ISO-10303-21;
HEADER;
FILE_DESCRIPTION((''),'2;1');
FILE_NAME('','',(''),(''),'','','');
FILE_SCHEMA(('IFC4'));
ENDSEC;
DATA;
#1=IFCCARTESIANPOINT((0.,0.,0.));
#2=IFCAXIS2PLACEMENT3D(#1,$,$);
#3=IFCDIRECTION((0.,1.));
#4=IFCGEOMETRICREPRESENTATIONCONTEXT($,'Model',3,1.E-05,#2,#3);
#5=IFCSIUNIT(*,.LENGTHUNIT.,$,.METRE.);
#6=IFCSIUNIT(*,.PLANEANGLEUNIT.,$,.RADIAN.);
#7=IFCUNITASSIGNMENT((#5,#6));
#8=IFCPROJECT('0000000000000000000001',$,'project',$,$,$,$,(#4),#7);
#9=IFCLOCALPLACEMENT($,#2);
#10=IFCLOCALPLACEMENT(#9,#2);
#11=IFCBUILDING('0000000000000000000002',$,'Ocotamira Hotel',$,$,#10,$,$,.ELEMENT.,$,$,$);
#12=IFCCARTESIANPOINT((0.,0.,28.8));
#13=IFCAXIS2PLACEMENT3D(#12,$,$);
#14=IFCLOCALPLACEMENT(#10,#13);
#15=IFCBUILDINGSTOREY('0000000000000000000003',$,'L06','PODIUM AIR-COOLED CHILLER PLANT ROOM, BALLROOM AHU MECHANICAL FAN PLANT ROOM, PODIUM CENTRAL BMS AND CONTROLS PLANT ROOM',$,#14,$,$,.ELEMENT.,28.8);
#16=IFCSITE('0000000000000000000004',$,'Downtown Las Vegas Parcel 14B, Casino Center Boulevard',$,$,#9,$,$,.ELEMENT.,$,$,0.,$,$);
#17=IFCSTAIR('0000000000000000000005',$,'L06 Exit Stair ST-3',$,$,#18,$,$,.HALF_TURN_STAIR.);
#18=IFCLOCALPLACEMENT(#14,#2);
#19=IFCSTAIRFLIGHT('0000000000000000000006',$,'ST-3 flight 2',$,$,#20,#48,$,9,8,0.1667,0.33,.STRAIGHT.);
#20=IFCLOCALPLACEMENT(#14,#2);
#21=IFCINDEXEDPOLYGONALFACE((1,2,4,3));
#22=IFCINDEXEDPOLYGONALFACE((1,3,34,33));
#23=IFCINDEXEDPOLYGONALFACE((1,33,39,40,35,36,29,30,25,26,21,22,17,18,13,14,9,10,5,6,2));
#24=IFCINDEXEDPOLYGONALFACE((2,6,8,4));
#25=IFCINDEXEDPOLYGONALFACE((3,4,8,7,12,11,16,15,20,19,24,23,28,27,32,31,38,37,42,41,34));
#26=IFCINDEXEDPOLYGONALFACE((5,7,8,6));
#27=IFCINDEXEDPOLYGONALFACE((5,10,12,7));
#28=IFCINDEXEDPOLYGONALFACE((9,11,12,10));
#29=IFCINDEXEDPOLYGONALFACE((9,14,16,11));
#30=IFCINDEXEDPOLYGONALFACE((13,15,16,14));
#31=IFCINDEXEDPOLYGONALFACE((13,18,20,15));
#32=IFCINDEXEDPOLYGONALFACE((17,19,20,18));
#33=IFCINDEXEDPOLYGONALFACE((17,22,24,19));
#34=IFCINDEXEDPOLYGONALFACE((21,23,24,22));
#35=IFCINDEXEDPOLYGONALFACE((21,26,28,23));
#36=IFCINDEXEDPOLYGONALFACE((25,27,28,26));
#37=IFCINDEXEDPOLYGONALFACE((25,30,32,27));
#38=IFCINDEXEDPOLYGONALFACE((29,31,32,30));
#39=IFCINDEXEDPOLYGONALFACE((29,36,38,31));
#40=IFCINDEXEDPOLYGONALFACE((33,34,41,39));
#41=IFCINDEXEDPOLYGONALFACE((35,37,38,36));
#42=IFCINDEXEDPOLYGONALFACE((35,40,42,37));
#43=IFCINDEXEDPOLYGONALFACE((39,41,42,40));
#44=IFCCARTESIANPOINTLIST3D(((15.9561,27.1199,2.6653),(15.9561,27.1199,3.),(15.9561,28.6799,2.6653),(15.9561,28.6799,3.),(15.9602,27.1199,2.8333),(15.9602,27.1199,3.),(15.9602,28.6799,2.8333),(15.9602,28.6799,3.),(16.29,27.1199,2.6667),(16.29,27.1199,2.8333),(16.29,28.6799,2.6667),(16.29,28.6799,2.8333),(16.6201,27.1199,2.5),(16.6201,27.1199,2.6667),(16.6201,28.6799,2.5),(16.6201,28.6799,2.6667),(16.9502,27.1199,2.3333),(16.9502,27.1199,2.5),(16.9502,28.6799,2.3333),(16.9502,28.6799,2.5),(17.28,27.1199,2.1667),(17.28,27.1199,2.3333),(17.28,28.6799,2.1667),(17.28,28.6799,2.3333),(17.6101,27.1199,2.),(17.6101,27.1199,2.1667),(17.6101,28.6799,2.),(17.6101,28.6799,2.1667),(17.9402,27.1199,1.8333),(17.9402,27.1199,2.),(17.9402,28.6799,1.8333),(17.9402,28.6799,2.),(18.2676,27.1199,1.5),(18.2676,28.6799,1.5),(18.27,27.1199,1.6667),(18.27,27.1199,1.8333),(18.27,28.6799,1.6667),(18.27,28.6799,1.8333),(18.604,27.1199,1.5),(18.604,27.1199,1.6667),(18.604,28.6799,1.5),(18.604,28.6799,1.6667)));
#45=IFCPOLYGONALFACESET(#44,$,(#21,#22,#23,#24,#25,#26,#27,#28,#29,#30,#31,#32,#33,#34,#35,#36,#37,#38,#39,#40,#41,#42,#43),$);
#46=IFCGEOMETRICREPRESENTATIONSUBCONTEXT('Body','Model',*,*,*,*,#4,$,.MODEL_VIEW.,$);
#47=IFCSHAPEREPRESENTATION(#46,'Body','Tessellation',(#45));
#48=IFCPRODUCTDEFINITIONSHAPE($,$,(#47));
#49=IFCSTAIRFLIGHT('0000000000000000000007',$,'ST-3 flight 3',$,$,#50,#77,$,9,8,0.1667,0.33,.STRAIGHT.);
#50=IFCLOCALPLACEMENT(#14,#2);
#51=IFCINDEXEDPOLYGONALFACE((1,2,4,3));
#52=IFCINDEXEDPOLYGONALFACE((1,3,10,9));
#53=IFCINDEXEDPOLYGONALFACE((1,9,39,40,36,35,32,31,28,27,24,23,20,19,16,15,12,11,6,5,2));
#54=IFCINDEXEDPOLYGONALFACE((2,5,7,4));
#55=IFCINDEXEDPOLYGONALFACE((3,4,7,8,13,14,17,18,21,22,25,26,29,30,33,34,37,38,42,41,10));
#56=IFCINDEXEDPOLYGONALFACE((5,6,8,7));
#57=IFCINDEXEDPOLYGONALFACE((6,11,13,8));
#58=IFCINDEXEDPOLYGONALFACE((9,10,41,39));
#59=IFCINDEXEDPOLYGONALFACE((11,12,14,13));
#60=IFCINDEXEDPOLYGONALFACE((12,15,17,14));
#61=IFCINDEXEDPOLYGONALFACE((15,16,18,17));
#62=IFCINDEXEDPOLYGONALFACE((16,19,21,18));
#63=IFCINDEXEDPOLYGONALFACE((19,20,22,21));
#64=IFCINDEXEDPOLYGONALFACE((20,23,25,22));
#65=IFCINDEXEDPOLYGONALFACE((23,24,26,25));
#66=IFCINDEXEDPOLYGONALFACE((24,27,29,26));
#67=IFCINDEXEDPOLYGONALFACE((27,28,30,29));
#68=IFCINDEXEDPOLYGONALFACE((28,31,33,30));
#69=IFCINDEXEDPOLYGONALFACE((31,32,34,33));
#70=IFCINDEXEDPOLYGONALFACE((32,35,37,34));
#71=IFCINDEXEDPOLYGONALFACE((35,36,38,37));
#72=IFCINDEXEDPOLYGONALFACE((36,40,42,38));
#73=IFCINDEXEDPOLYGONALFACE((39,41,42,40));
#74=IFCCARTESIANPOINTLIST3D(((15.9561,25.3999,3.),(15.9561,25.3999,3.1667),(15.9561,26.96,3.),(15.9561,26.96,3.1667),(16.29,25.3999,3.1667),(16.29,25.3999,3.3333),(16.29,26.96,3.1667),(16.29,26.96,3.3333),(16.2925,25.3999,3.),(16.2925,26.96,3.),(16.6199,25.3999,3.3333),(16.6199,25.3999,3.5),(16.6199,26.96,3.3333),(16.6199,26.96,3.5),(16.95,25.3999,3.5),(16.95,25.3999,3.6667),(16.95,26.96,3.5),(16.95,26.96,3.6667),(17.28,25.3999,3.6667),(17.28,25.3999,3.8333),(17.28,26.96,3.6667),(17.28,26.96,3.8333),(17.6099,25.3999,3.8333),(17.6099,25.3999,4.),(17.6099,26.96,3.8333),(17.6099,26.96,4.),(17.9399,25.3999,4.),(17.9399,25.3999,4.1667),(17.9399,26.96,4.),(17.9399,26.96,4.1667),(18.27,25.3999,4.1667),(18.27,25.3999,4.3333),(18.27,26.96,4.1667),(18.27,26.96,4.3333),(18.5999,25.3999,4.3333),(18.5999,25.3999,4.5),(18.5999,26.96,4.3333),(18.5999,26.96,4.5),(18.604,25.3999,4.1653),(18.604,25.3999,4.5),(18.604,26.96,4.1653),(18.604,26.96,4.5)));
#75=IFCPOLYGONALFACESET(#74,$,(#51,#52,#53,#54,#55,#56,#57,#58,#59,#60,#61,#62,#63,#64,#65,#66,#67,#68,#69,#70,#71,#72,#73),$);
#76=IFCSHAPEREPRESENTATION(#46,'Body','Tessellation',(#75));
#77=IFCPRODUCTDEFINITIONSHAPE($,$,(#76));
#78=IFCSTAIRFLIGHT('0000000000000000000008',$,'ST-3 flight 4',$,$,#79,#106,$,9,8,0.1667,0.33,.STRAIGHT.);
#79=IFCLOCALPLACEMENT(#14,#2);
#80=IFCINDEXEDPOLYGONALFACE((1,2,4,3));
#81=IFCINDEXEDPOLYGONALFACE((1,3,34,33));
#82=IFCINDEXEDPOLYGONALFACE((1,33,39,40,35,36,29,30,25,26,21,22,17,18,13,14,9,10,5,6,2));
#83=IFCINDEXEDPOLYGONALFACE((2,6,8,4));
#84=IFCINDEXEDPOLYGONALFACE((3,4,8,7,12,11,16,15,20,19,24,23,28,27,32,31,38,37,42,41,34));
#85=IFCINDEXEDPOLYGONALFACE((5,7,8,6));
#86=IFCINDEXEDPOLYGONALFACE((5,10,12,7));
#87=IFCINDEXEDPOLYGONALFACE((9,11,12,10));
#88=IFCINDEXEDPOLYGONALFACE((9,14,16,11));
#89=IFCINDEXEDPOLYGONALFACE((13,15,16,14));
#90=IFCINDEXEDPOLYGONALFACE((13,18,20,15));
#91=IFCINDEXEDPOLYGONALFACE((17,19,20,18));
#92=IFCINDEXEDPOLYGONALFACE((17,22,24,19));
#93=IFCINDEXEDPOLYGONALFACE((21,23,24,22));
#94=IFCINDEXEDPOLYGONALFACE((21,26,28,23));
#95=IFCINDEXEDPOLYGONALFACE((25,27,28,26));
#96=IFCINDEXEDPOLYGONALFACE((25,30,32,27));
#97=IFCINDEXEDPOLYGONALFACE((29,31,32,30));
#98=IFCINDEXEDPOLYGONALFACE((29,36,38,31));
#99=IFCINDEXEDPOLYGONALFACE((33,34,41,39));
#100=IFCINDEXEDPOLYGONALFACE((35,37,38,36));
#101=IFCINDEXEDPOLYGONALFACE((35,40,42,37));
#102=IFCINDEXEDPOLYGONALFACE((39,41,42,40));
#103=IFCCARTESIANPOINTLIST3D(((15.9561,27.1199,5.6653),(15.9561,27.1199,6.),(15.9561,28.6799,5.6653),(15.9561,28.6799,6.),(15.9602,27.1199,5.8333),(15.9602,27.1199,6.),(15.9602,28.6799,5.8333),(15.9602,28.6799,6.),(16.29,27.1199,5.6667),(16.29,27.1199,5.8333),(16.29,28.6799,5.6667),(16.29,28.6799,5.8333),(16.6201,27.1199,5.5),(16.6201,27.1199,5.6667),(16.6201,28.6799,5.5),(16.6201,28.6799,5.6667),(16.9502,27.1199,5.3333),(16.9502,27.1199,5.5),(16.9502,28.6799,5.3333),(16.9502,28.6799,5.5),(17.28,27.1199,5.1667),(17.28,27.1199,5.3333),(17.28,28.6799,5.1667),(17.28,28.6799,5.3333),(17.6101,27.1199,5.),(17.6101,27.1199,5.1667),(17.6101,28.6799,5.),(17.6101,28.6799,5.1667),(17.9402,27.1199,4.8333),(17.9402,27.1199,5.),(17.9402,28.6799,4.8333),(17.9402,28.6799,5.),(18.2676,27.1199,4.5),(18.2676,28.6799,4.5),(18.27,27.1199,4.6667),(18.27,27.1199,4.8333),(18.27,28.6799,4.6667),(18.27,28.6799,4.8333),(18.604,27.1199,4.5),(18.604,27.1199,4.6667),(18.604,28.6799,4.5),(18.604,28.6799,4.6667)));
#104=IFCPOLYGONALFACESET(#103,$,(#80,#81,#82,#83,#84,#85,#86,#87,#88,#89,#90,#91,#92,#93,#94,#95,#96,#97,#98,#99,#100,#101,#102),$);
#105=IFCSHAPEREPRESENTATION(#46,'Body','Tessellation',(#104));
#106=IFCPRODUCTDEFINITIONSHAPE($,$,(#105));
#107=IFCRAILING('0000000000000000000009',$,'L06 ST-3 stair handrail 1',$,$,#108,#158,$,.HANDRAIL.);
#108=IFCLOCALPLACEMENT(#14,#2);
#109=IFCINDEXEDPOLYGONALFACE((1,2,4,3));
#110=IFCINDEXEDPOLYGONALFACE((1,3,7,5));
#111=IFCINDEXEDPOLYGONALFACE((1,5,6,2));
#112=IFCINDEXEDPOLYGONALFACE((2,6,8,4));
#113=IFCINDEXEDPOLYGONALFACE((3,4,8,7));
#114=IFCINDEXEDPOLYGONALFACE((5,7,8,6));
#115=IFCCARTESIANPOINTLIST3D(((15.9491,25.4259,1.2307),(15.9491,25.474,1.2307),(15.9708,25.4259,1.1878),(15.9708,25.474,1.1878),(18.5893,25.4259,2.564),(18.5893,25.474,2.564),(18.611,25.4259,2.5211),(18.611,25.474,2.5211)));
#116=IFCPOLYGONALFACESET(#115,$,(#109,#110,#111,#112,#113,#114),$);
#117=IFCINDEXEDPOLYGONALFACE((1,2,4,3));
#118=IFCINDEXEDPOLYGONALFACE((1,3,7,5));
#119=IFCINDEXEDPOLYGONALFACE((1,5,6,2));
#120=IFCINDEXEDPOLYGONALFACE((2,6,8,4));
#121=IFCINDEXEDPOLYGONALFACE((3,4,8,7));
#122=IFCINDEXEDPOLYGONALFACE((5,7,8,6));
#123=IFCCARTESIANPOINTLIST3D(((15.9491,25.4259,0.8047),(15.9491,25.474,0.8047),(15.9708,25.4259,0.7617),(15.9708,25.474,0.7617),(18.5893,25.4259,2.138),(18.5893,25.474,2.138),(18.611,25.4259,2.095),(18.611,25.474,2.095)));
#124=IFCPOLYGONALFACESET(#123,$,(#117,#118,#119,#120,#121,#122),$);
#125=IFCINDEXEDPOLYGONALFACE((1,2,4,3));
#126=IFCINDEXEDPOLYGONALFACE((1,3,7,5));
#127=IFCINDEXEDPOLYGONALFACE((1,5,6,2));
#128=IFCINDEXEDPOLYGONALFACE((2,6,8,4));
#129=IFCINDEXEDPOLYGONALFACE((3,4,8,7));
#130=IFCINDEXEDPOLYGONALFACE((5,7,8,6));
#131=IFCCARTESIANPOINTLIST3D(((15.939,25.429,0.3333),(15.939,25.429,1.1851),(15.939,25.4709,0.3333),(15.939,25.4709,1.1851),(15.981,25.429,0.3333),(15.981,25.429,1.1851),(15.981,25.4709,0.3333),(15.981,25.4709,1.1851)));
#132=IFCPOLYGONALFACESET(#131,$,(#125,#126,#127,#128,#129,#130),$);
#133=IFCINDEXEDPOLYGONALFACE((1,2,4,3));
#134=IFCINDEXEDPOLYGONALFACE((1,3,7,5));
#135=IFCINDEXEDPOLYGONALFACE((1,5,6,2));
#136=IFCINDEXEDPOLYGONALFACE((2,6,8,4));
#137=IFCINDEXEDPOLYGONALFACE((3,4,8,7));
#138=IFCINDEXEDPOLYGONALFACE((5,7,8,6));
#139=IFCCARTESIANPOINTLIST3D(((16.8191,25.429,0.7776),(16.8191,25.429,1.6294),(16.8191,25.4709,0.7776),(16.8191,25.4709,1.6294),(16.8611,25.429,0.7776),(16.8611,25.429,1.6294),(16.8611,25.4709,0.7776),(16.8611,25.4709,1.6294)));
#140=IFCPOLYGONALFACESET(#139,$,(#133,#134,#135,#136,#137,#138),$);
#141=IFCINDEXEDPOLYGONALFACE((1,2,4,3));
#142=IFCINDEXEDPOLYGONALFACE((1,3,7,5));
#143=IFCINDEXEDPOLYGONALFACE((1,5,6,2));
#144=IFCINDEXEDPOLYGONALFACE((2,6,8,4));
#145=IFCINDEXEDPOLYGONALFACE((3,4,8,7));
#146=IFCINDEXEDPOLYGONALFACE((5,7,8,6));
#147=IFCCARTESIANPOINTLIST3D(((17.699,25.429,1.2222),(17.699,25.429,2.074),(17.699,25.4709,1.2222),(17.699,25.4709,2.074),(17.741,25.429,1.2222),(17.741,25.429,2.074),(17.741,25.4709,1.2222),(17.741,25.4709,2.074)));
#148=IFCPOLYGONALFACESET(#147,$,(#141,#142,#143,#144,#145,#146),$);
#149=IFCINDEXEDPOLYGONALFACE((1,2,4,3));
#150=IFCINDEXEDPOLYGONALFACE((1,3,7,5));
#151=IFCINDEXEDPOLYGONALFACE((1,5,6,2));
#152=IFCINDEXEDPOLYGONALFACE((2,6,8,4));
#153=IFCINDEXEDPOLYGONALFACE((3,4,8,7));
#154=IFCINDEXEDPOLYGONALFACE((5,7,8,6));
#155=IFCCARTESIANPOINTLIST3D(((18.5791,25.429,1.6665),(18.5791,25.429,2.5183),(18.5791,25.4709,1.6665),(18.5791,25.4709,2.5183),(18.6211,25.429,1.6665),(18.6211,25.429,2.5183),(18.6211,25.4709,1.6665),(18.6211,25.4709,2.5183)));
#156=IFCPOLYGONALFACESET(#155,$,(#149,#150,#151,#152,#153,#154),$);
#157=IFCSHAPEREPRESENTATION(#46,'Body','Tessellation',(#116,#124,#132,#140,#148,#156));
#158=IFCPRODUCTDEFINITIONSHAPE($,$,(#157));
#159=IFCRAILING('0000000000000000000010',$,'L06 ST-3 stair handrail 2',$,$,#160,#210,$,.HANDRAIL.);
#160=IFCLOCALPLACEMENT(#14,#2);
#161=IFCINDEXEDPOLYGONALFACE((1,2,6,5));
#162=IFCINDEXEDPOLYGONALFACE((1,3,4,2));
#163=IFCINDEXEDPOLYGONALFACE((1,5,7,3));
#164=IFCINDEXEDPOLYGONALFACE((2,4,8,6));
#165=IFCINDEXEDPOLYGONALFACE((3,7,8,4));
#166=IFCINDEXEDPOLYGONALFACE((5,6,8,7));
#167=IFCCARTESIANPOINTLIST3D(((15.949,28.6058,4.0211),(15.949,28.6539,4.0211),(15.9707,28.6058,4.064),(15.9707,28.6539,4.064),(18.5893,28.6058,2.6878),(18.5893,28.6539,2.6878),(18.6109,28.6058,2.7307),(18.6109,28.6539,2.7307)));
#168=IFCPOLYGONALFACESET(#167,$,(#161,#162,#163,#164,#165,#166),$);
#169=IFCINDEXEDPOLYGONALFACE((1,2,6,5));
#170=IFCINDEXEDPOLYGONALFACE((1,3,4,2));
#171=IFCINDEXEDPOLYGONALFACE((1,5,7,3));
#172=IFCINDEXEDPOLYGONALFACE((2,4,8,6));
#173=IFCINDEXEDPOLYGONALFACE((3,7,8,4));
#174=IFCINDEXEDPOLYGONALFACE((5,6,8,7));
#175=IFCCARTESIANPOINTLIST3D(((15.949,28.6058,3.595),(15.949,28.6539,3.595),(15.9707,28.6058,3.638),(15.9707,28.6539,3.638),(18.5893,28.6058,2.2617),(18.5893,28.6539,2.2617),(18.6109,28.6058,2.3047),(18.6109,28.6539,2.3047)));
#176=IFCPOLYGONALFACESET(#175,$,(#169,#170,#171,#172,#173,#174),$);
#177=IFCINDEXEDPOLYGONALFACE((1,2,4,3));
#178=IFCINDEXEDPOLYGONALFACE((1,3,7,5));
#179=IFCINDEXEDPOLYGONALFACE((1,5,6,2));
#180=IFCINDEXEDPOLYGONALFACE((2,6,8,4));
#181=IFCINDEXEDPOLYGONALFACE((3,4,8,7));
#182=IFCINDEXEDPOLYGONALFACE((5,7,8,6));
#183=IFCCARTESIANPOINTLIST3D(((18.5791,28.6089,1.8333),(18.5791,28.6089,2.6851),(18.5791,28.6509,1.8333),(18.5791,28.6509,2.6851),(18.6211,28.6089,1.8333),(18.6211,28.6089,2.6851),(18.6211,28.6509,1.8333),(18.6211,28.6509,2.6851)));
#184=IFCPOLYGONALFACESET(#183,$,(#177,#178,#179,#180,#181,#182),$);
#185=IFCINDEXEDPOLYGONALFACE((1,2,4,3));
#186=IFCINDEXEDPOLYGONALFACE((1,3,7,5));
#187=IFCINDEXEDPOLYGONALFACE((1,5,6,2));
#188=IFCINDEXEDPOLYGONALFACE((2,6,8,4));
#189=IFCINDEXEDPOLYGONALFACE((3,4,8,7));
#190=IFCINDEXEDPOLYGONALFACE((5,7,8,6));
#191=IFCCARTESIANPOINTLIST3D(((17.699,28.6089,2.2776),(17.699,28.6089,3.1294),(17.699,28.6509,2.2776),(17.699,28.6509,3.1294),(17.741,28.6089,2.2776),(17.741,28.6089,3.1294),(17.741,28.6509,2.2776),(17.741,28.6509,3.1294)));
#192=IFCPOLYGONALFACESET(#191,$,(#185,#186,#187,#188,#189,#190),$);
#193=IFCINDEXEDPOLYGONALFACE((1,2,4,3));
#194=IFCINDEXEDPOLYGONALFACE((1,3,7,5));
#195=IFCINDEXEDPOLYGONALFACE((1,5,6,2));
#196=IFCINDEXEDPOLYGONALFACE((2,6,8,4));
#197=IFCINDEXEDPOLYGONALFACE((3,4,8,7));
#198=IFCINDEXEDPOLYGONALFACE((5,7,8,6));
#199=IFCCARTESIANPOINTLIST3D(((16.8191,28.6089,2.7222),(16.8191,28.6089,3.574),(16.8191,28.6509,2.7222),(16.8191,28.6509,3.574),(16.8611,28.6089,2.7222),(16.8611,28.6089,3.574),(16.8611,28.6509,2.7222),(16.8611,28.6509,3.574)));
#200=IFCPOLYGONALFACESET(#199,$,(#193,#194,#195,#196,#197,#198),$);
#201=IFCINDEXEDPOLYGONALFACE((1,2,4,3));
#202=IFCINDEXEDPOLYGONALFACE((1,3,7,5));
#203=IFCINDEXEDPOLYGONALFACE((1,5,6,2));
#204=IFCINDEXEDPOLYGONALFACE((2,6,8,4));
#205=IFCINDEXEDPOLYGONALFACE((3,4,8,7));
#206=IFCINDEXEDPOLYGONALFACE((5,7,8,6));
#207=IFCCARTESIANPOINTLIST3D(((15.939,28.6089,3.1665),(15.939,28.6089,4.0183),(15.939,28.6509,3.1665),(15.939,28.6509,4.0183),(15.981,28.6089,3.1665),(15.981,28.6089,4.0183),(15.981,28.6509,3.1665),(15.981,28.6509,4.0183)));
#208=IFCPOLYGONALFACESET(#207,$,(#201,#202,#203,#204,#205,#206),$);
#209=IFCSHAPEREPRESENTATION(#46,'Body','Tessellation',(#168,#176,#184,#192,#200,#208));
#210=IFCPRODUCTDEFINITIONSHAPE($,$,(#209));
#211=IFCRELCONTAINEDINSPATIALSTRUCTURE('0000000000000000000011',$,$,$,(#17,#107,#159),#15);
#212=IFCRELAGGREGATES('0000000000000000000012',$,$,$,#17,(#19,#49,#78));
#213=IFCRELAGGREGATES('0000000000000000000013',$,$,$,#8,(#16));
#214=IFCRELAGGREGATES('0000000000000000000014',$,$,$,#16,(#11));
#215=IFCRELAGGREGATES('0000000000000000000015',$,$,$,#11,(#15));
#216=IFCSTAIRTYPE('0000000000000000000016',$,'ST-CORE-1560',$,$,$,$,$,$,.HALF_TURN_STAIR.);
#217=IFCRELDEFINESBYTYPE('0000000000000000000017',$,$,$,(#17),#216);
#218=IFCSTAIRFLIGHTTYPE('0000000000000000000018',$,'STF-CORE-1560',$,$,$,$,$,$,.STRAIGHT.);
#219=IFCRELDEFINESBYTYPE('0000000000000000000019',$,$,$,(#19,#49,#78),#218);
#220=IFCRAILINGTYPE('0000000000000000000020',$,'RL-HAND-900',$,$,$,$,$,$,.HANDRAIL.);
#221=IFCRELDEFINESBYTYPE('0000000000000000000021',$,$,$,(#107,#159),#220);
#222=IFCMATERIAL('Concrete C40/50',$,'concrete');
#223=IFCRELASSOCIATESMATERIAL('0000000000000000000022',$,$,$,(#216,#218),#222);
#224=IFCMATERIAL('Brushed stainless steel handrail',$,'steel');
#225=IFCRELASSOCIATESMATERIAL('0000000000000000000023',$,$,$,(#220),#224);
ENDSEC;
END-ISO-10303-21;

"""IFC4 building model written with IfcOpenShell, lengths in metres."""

from ifc_helpers import new_model, si_unit, direction, frame, origin, origin_2d, place, context, subcontext, project, spatial, polyline, rectangle, outline, extrude, source, transform, mapped, material, type_object, element, aggregate, save


model = new_model("IFC4")

# Units and contexts
model_context = context("Model", 3, precision=1e-05, world=origin(), true_north=direction((0.0, 1.0)))
body_context = subcontext(model_context, "Body", "Model", "MODEL_VIEW")
ifc_project = project(units=[si_unit("LENGTHUNIT", "METRE"), si_unit("PLANEANGLEUNIT", "RADIAN")], contexts=[model_context])

# Site, building, storey
site_placement = place(None, origin())
site = spatial("IfcSite", under=ifc_project, at=site_placement, Name="Downtown Las Vegas Parcel 14B, Casino Center Boulevard", CompositionType="ELEMENT", RefElevation=0.0)
building_placement = place(site_placement, origin())
building = spatial("IfcBuilding", under=site, at=building_placement, Name="Ocotamira Hotel", CompositionType="ELEMENT")
storey_placement = place(building_placement, frame((0.0, 0.0, 28.8)))
storey = spatial("IfcBuildingStorey", under=building, at=storey_placement, Name="L06", Description="PODIUM AIR-COOLED CHILLER PLANT ROOM, BALLROOM AHU MECHANICAL FAN PLANT ROOM, PODIUM CENTRAL BMS AND CONTROLS PLANT ROOM", CompositionType="ELEMENT", Elevation=28.8)

# Stair, stair flights
ifc_material_1 = material(Name="Concrete C40/50", Category="concrete")
stair_type = type_object("IfcStairType", Name="ST-CORE-1560", PredefinedType="HALF_TURN_STAIR", material=ifc_material_1)
stair_placement = place(storey_placement, origin())
stair = element("IfcStair", 1, at=stair_placement, inside=storey, type_object=stair_type, Name="L06 Exit Stair ST-3", PredefinedType="HALF_TURN_STAIR")
stair_flight_type = type_object("IfcStairFlightType", Name="STF-CORE-1560", PredefinedType="STRAIGHT", material=ifc_material_1)
shared_shape_1 = source(origin(), body_context, "Body", "SweptSolid", [
    extrude(outline(polyline([(-0.0039, 0.0), (-0.0039, 0.1667), (0.3301, 0.1667), (0.3301, 0.3333), (0.6599, 0.3333), (0.6599, 0.5), (0.99, 0.5), (0.99, 0.6667), (1.3201, 0.6667), (1.3201, 0.8333), (1.6499, 0.8333), (1.6499, 1.0), (1.98, 1.0), (1.98, 1.1667), (2.3101, 1.1667), (2.3101, 1.3333), (2.6399, 1.3333), (2.6399, 1.5), (2.644, 1.5), (2.644, 1.1653), (0.3325, 0.0), (-0.0039, 0.0)])), frame((0.0, 0.78, 0.0), z_axis=(0.0, -1.0, 0.0), x_axis=(1.0, 0.0, 0.0)), (0.0, 0.0, 1.0), 1.5601),
])
stair_flight_1_placement = place(storey_placement, frame((18.6001, 27.8999, 1.5), z_axis=(0.0, 0.0, 1.0), x_axis=(-1.0, 0.0, 0.0)))
stair_flight_1 = element("IfcStairFlight", 2, at=stair_flight_1_placement, type_object=stair_flight_type, Name="ST-3 flight 2", NumberOfRisers=9, NumberOfTreads=8, PredefinedType="STRAIGHT", RiserHeight=0.1667, TreadLength=0.33, context=body_context, shape_type="MappedRepresentation", body=[
    mapped(shared_shape_1, transform((0.0, 0.0, 0.0), scale=1.0)),
])
stair_flight_2_placement = place(storey_placement, frame((15.96, 26.1799, 3.0), z_axis=(0.0, 0.0, 1.0), x_axis=(1.0, 0.0, 0.0)))
stair_flight_2 = element("IfcStairFlight", 3, at=stair_flight_2_placement, type_object=stair_flight_type, Name="ST-3 flight 3", NumberOfRisers=9, NumberOfTreads=8, PredefinedType="STRAIGHT", RiserHeight=0.1667, TreadLength=0.33, context=body_context, shape_type="MappedRepresentation", body=[
    mapped(shared_shape_1, transform((0.0, 0.0, 0.0), scale=1.0)),
])
stair_flight_3_placement = place(storey_placement, frame((18.6001, 27.8999, 4.5), z_axis=(0.0, 0.0, 1.0), x_axis=(-1.0, 0.0, 0.0)))
stair_flight_3 = element("IfcStairFlight", 4, at=stair_flight_3_placement, type_object=stair_flight_type, Name="ST-3 flight 4", NumberOfRisers=9, NumberOfTreads=8, PredefinedType="STRAIGHT", RiserHeight=0.1667, TreadLength=0.33, context=body_context, shape_type="MappedRepresentation", body=[
    mapped(shared_shape_1, transform((0.0, 0.0, 0.0), scale=1.0)),
])
aggregate(stair, [stair_flight_1, stair_flight_2, stair_flight_3])

# Railings
ifc_material_2 = material(Name="Brushed stainless steel handrail", Category="steel")
railing_type_1 = type_object("IfcRailingType", Name="RL-HAND-900", PredefinedType="HANDRAIL", material=ifc_material_2)
railing_1_placement = place(storey_placement, frame((15.96, 25.45, 0.3333)))
element("IfcRailing", 5, at=railing_1_placement, inside=storey, type_object=railing_type_1, Name="L06 ST-3 stair handrail 1", PredefinedType="HANDRAIL", context=body_context, shape_type="SweptSolid", body=[
    extrude(rectangle(XDim=0.0481, YDim=0.0481, at=origin_2d()), frame((0.0, 0.0, 0.876), z_axis=(0.892637, 0.0, 0.450776), x_axis=(0.0, 1.0, 0.0)), (0.0, 0.0, 1.0), 2.9578),
    extrude(rectangle(XDim=0.0481, YDim=0.0481, at=origin_2d()), frame((0.0, 0.0, 0.45), z_axis=(0.892637, 0.0, 0.450776), x_axis=(0.0, 1.0, 0.0)), (0.0, 0.0, 1.0), 2.9578),
    extrude(rectangle(XDim=0.042, YDim=0.042, at=origin_2d()), origin(), (0.0, 0.0, 1.0), 0.8518),
    extrude(rectangle(XDim=0.042, YDim=0.042, at=origin_2d()), frame((0.8801, 0.0, 0.4443)), (0.0, 0.0, 1.0), 0.8518),
    extrude(rectangle(XDim=0.042, YDim=0.042, at=origin_2d()), frame((1.76, 0.0, 0.8889)), (0.0, 0.0, 1.0), 0.8518),
    extrude(rectangle(XDim=0.042, YDim=0.042, at=origin_2d()), frame((2.6401, 0.0, 1.3333)), (0.0, 0.0, 1.0), 0.8518),
])
railing_2_placement = place(storey_placement, frame((18.6001, 28.6299, 1.8333)))
element("IfcRailing", 6, at=railing_2_placement, inside=storey, type_object=railing_type_1, Name="L06 ST-3 stair handrail 2", PredefinedType="HANDRAIL", context=body_context, shape_type="SweptSolid", body=[
    extrude(rectangle(XDim=0.0481, YDim=0.0481, at=origin_2d()), frame((0.0, 0.0, 0.876), z_axis=(-0.892637, 0.0, 0.450776), x_axis=(0.0, -1.0, 0.0)), (0.0, 0.0, 1.0), 2.9578),
    extrude(rectangle(XDim=0.0481, YDim=0.0481, at=origin_2d()), frame((0.0, 0.0, 0.45), z_axis=(-0.892637, 0.0, 0.450776), x_axis=(0.0, -1.0, 0.0)), (0.0, 0.0, 1.0), 2.9578),
    extrude(rectangle(XDim=0.042, YDim=0.042, at=origin_2d()), origin(), (0.0, 0.0, 1.0), 0.8518),
    extrude(rectangle(XDim=0.042, YDim=0.042, at=origin_2d()), frame((-0.8801, 0.0, 0.4443)), (0.0, 0.0, 1.0), 0.8518),
    extrude(rectangle(XDim=0.042, YDim=0.042, at=origin_2d()), frame((-1.76, 0.0, 0.8889)), (0.0, 0.0, 1.0), 0.8518),
    extrude(rectangle(XDim=0.042, YDim=0.042, at=origin_2d()), frame((-2.6401, 0.0, 1.3333)), (0.0, 0.0, 1.0), 0.8518),
])

save(model, "model.ifc")
